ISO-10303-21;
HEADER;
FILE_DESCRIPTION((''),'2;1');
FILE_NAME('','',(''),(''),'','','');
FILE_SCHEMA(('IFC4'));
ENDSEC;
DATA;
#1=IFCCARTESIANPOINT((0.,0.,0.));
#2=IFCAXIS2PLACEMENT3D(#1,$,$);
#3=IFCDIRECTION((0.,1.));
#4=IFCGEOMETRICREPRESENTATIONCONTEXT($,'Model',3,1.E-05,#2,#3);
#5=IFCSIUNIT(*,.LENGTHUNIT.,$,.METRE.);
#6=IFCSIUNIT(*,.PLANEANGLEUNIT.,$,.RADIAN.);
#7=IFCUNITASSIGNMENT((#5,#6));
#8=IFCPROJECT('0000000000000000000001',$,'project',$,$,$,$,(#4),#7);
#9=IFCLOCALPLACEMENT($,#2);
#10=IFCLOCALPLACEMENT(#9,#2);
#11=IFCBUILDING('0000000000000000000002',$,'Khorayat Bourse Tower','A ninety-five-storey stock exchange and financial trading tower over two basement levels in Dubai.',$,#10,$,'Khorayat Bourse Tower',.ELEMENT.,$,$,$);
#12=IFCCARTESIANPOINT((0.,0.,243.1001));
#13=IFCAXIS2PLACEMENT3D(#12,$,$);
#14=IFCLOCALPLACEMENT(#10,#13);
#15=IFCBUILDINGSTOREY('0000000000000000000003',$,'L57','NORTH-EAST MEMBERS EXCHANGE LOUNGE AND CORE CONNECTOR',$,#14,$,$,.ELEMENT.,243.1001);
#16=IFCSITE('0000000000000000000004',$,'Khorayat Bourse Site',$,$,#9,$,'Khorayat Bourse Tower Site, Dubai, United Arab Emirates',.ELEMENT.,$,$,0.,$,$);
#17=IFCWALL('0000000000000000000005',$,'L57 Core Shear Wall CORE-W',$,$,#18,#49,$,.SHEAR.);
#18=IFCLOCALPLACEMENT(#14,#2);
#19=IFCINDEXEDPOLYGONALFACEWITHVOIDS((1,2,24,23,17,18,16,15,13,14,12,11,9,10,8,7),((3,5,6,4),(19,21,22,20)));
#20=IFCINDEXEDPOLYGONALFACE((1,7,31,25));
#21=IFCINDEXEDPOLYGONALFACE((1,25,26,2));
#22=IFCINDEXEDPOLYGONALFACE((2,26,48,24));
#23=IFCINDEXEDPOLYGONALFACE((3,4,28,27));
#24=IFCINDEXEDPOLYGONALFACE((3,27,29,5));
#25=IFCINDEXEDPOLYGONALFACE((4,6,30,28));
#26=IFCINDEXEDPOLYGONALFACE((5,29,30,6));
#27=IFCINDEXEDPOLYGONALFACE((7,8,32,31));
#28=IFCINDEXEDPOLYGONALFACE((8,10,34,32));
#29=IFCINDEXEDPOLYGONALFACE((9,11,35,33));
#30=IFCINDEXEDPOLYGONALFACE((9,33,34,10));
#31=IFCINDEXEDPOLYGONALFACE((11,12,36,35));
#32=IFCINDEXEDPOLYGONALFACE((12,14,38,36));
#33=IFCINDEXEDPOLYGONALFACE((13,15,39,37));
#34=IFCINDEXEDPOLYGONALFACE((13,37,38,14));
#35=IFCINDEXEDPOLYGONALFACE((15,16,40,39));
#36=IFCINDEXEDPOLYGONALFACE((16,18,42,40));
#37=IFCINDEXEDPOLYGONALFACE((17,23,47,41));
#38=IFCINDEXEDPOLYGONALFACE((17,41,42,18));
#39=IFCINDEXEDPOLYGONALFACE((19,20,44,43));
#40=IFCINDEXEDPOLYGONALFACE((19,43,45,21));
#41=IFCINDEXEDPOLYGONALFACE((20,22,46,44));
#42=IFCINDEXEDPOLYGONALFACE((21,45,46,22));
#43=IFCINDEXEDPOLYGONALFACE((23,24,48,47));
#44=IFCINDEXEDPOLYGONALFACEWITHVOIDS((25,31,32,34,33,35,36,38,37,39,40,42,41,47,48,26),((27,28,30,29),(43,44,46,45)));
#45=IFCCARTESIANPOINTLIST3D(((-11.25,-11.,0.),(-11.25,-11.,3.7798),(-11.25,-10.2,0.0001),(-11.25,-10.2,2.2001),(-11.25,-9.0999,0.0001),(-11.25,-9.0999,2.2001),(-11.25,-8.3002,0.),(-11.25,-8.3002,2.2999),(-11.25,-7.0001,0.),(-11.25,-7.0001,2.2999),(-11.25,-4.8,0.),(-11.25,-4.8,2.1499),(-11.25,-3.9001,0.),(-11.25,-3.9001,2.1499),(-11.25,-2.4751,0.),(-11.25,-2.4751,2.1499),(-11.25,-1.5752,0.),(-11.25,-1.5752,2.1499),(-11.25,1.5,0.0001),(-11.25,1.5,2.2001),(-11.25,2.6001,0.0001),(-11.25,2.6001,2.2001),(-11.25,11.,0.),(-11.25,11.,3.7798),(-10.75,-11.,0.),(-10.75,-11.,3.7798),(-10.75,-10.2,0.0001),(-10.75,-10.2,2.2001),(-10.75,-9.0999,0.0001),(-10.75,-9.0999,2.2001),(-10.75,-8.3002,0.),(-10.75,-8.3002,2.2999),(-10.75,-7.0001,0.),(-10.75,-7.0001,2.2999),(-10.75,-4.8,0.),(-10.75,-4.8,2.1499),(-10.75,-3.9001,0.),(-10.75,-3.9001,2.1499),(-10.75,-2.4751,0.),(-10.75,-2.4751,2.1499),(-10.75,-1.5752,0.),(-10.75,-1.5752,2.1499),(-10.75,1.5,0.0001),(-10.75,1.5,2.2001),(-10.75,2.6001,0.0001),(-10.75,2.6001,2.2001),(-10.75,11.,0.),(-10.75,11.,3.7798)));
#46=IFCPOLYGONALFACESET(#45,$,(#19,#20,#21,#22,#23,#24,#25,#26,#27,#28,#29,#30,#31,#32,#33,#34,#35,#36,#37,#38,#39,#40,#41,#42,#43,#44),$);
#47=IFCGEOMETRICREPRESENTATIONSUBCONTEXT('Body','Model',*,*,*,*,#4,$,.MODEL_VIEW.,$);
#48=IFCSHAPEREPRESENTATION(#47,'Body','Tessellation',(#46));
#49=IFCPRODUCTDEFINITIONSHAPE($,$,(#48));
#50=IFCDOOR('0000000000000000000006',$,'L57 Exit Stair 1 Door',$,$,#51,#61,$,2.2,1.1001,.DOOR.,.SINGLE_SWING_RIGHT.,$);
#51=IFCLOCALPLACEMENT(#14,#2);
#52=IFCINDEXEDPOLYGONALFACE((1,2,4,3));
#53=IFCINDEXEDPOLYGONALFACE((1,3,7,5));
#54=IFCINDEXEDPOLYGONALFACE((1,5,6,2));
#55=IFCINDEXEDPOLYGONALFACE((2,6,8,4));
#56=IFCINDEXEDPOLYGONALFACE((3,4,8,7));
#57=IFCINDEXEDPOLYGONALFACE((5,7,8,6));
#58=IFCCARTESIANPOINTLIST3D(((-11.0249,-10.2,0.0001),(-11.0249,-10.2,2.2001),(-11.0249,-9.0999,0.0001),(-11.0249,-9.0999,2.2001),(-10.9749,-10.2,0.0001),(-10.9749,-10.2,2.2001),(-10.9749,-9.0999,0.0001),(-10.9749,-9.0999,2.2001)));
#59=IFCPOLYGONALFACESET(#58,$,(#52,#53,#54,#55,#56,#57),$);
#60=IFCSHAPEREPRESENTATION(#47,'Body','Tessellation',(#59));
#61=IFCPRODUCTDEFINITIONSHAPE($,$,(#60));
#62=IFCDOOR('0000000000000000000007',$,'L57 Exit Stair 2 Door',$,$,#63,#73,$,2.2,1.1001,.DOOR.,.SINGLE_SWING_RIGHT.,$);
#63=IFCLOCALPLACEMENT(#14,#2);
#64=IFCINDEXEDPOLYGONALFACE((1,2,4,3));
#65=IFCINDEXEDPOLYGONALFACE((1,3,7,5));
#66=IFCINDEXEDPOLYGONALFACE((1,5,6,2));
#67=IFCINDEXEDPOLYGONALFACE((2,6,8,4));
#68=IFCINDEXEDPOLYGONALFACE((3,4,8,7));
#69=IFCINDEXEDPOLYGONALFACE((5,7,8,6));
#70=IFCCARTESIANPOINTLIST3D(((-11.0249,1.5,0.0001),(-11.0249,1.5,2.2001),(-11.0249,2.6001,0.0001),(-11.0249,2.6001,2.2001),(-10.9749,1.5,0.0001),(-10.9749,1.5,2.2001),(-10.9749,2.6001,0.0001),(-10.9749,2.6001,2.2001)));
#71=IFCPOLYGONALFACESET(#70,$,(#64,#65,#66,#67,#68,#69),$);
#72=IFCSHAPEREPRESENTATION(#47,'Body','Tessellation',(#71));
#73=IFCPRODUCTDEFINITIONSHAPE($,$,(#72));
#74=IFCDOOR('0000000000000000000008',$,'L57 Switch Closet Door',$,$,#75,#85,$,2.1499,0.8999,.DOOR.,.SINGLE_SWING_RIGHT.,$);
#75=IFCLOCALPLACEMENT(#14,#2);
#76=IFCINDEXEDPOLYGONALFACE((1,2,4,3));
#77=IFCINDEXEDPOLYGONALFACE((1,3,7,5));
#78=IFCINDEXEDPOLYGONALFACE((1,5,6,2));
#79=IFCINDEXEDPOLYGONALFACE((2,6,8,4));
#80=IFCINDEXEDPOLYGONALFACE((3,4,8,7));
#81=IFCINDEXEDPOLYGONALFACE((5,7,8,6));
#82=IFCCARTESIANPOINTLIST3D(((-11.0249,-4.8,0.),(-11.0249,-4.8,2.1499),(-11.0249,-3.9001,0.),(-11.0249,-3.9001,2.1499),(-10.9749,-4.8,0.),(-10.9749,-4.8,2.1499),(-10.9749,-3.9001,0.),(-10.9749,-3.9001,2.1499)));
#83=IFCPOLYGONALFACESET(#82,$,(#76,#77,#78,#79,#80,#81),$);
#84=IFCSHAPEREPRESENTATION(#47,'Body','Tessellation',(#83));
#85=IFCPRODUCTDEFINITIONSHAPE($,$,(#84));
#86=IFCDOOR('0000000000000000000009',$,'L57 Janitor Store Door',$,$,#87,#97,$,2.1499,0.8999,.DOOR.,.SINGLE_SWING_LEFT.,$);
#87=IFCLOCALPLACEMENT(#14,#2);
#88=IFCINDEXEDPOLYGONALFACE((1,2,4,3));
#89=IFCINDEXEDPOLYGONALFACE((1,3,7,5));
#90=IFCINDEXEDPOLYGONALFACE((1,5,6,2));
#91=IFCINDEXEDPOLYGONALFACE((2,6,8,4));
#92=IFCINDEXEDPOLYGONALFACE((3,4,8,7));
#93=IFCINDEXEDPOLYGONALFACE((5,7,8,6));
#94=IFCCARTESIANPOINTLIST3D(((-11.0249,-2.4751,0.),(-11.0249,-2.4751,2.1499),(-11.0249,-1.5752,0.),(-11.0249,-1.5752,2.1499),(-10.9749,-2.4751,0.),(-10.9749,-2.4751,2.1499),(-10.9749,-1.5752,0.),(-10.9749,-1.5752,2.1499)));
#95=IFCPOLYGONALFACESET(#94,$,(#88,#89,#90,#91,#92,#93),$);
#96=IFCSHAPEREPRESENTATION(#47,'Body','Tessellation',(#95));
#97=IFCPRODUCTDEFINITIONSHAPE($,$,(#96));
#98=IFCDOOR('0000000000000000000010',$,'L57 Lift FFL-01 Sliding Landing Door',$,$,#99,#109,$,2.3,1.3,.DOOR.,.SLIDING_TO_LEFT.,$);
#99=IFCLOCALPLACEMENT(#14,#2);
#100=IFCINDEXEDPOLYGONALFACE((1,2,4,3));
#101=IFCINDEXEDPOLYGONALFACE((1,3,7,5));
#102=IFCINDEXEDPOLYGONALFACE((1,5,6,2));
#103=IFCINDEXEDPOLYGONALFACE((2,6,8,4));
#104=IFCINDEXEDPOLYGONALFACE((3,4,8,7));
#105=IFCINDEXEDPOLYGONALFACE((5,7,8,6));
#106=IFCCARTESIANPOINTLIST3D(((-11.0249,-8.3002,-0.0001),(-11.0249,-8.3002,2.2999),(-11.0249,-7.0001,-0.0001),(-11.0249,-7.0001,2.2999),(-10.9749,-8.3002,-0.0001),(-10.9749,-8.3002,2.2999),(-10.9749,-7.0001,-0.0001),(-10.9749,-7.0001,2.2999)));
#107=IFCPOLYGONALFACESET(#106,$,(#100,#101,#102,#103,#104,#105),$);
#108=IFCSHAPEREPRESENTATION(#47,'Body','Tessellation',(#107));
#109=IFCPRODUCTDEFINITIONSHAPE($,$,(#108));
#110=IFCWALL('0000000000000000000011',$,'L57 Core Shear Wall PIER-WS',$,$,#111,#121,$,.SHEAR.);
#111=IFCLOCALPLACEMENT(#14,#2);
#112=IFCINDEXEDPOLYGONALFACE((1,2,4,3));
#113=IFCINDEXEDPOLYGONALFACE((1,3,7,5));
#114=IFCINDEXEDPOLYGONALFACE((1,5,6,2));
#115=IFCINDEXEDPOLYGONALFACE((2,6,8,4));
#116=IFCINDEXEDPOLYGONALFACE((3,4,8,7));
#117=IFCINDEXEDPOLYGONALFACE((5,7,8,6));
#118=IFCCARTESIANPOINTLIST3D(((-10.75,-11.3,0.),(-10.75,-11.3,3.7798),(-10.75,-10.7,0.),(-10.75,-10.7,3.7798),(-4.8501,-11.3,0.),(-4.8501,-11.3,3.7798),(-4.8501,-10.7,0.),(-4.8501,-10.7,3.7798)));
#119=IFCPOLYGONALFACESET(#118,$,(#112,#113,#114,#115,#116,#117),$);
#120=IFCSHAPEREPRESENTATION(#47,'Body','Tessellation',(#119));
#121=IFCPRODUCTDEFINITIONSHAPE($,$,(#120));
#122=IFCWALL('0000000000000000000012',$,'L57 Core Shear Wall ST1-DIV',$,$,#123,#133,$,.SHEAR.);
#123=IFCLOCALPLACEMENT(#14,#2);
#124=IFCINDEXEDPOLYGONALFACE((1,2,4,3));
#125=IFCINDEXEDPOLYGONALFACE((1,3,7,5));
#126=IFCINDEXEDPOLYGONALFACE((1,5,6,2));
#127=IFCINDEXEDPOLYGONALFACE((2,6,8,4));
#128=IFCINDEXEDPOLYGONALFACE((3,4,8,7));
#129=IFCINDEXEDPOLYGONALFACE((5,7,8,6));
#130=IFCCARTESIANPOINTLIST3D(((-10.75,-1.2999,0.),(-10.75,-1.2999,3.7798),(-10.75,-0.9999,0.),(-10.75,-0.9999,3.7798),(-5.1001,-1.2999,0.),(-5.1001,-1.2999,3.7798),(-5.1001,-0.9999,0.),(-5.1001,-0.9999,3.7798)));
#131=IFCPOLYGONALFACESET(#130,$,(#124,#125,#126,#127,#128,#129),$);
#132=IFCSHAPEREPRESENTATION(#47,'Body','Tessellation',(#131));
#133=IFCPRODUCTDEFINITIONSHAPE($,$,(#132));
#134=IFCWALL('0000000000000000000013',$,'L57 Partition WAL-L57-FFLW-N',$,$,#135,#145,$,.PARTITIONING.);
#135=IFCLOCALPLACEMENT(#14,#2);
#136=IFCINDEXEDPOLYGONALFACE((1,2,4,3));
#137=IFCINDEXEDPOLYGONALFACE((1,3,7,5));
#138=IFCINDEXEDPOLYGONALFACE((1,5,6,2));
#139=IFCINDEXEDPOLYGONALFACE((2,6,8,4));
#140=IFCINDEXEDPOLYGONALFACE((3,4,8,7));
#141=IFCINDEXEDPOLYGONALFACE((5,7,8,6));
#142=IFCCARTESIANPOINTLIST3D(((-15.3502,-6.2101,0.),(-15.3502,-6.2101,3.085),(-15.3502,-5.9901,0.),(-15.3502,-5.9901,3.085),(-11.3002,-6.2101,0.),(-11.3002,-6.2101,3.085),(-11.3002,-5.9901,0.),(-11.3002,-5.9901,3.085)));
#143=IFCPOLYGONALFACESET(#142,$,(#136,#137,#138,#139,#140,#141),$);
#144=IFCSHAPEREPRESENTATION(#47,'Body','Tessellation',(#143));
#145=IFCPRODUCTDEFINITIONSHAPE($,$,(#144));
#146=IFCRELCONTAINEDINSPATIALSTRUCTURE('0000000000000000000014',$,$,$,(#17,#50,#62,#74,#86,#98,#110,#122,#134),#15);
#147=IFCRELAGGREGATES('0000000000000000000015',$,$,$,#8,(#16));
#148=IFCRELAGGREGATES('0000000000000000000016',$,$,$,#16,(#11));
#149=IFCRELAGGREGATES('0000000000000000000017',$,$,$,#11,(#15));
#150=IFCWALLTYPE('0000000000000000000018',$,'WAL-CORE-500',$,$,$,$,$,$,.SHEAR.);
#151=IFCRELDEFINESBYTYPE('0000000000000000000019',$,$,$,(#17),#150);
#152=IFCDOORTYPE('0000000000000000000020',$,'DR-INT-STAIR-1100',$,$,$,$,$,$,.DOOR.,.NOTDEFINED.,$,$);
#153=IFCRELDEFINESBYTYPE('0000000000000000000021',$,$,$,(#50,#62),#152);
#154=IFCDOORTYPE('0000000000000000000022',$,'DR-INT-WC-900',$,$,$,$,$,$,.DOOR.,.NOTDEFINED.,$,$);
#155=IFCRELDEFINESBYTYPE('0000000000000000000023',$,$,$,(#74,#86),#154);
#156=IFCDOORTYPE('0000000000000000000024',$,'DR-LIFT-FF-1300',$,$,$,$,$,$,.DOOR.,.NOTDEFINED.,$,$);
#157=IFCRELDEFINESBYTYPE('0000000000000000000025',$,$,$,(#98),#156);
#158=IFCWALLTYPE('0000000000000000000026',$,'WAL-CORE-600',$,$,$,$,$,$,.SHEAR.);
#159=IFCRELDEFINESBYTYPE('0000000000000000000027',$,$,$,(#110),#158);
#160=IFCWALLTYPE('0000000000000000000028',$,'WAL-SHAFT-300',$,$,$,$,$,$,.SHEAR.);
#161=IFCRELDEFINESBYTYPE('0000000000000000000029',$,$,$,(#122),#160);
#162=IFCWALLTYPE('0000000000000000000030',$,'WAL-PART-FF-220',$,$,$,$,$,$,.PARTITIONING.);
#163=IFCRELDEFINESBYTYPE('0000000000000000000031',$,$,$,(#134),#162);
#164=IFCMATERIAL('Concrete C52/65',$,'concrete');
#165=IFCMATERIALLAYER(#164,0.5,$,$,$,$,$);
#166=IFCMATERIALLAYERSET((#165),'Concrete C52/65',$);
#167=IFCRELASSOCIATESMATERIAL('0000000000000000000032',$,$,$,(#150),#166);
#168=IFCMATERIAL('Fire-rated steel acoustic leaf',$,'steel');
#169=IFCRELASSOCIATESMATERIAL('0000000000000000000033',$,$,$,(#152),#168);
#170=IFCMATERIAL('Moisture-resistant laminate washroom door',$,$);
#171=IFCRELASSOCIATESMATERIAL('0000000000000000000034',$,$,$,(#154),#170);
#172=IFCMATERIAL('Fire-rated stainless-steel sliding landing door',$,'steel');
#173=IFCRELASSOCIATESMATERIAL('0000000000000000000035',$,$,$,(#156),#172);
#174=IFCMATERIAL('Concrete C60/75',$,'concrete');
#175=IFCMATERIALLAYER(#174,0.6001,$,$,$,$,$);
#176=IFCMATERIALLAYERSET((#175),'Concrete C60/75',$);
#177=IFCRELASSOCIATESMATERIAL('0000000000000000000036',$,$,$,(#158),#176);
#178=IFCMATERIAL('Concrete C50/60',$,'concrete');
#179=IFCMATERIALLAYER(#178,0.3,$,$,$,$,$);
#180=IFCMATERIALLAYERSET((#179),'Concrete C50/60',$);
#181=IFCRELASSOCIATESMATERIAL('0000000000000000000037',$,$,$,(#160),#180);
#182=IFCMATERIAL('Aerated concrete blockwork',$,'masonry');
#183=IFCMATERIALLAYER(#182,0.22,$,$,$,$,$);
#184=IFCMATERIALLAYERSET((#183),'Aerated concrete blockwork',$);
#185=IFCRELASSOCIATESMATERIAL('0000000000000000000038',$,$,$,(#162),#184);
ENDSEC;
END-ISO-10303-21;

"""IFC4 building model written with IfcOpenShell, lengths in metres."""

from ifc_helpers import new_model, si_unit, direction, frame, frame_2d, origin, place, context, subcontext, project, spatial, rectangle, extrude, source, transform, mapped, material, layer, layer_set, type_object, element, fill, save


model = new_model("IFC4")

# Units and contexts
model_context = context("Model", 3, precision=1e-05, world=origin(), true_north=direction((0.0, 1.0)))
body_context = subcontext(model_context, "Body", "Model", "MODEL_VIEW")
ifc_project = project(units=[si_unit("LENGTHUNIT", "METRE"), si_unit("PLANEANGLEUNIT", "RADIAN")], contexts=[model_context])

# Site, building, storey
site_placement = place(None, origin())
site = spatial("IfcSite", under=ifc_project, at=site_placement, Name="Khorayat Bourse Site", LongName="Khorayat Bourse Tower Site, Dubai, United Arab Emirates", CompositionType="ELEMENT", RefElevation=0.0)
building_placement = place(site_placement, origin())
building = spatial("IfcBuilding", under=site, at=building_placement, Name="Khorayat Bourse Tower", Description="A ninety-five-storey stock exchange and financial trading tower over two basement levels in Dubai.", LongName="Khorayat Bourse Tower", CompositionType="ELEMENT")
storey_placement = place(building_placement, frame((0.0, 0.0, 243.1001)))
storey = spatial("IfcBuildingStorey", under=building, at=storey_placement, Name="L57", Description="NORTH-EAST MEMBERS EXCHANGE LOUNGE AND CORE CONNECTOR", CompositionType="ELEMENT", Elevation=243.1001)

# Shared definitions
ifc_material_1 = material(Name="Concrete C60/75", Category="concrete")

# Wall, openings, doors
ifc_material_2 = material(Name="Concrete C52/65", Category="concrete")
ifc_layer_1 = layer(ifc_material_2, 0.5)
ifc_layer_set_1 = layer_set([ifc_layer_1], Name="Concrete C52/65")
wall_type_1 = type_object("IfcWallType", Name="WAL-CORE-500", PredefinedType="SHEAR", material=ifc_layer_set_1)
shared_shape_1 = source(origin(), body_context, "Body", "SweptSolid", [
    extrude(rectangle(XDim=22.0, YDim=0.5, at=frame_2d((11.0, 0.0))), origin(), (0.0, 0.0, 1.0), 3.7798),
])
wall_1_placement = place(storey_placement, frame((-11.0, -11.0, 0.0), z_axis=(0.0, 0.0, 1.0), x_axis=(0.0, 1.0, 0.0)))
wall_1 = element("IfcWall", 1, at=wall_1_placement, inside=storey, type_object=wall_type_1, Name="L57 Core Shear Wall CORE-W", PredefinedType="SHEAR", context=body_context, shape_type="MappedRepresentation", body=[
    mapped(shared_shape_1, transform((0.0, 0.0, 0.0), scale=1.0)),
])
shared_shape_2 = source(origin(), body_context, "Body", "SweptSolid", [
    extrude(rectangle(XDim=1.1001, YDim=2.2, at=frame_2d((0.55, 1.1001))), frame((0.0, 0.26, 0.0), z_axis=(0.0, -1.0, 0.0), x_axis=(1.0, 0.0, 0.0)), (0.0, 0.0, 1.0), 0.52),
])
opening_1_placement = place(wall_1_placement, frame((0.8, 0.0, 0.0)))
opening_1 = element("IfcOpeningElement", 2, at=opening_1_placement, cuts=wall_1, PredefinedType="OPENING", context=body_context, shape_type="MappedRepresentation", body=[
    mapped(shared_shape_2, transform((0.0, 0.0, 0.0), scale=1.0)),
])
opening_2_placement = place(wall_1_placement, frame((12.5, 0.0, 0.0)))
opening_2 = element("IfcOpeningElement", 3, at=opening_2_placement, cuts=wall_1, PredefinedType="OPENING", context=body_context, shape_type="MappedRepresentation", body=[
    mapped(shared_shape_2, transform((0.0, 0.0, 0.0), scale=1.0)),
])
shared_shape_3 = source(origin(), body_context, "Body", "SweptSolid", [
    extrude(rectangle(XDim=0.8999, YDim=2.1499, at=frame_2d((0.45, 1.075))), frame((0.0, 0.26, 0.0), z_axis=(0.0, -1.0, 0.0), x_axis=(1.0, 0.0, 0.0)), (0.0, 0.0, 1.0), 0.52),
])
opening_3_placement = place(wall_1_placement, frame((6.2, 0.0, 0.0)))
opening_3 = element("IfcOpeningElement", 4, at=opening_3_placement, cuts=wall_1, PredefinedType="OPENING", context=body_context, shape_type="MappedRepresentation", body=[
    mapped(shared_shape_3, transform((0.0, 0.0, 0.0), scale=1.0)),
])
opening_4_placement = place(wall_1_placement, frame((8.5249, 0.0, 0.0)))
opening_4 = element("IfcOpeningElement", 5, at=opening_4_placement, cuts=wall_1, PredefinedType="OPENING", context=body_context, shape_type="MappedRepresentation", body=[
    mapped(shared_shape_3, transform((0.0, 0.0, 0.0), scale=1.0)),
])
shared_shape_4 = source(origin(), body_context, "Body", "SweptSolid", [
    extrude(rectangle(XDim=1.3, YDim=2.3, at=frame_2d((0.6499, 1.1499))), frame((0.0, 0.26, 0.0), z_axis=(0.0, -1.0, 0.0), x_axis=(1.0, 0.0, 0.0)), (0.0, 0.0, 1.0), 0.52),
])
opening_5_placement = place(wall_1_placement, frame((2.7, 0.0, 0.0)))
opening_5 = element("IfcOpeningElement", 6, at=opening_5_placement, cuts=wall_1, PredefinedType="OPENING", context=body_context, shape_type="MappedRepresentation", body=[
    mapped(shared_shape_4, transform((0.0, 0.0, 0.0), scale=1.0)),
])
ifc_material_3 = material(Name="Fire-rated steel acoustic leaf", Category="steel")
door_type_1 = type_object("IfcDoorType", Name="DR-INT-STAIR-1100", OperationType="NOTDEFINED", PredefinedType="DOOR", material=ifc_material_3)
shared_shape_5 = source(origin(), body_context, "Body", "SweptSolid", [
    extrude(rectangle(XDim=1.1001, YDim=2.2, at=frame_2d((0.55, 1.1001))), frame((0.0, 0.0249, 0.0), z_axis=(0.0, -1.0, 0.0), x_axis=(1.0, 0.0, 0.0)), (0.0, 0.0, 1.0), 0.05),
])
door_1_placement = place(opening_1_placement, origin())
door_1 = element("IfcDoor", 7, at=door_1_placement, inside=storey, type_object=door_type_1, Name="L57 Exit Stair 1 Door", OperationType="SINGLE_SWING_RIGHT", OverallHeight=2.2, OverallWidth=1.1001, PredefinedType="DOOR", context=body_context, shape_type="MappedRepresentation", body=[
    mapped(shared_shape_5, transform((0.0, 0.0, 0.0), scale=1.0)),
])
fill(opening_1, door_1)
door_2_placement = place(opening_2_placement, origin())
door_2 = element("IfcDoor", 8, at=door_2_placement, inside=storey, type_object=door_type_1, Name="L57 Exit Stair 2 Door", OperationType="SINGLE_SWING_RIGHT", OverallHeight=2.2, OverallWidth=1.1001, PredefinedType="DOOR", context=body_context, shape_type="MappedRepresentation", body=[
    mapped(shared_shape_5, transform((0.0, 0.0, 0.0), scale=1.0)),
])
fill(opening_2, door_2)
ifc_material_4 = material(Name="Moisture-resistant laminate washroom door")
door_type_2 = type_object("IfcDoorType", Name="DR-INT-WC-900", OperationType="NOTDEFINED", PredefinedType="DOOR", material=ifc_material_4)
shared_shape_6 = source(origin(), body_context, "Body", "SweptSolid", [
    extrude(rectangle(XDim=0.8999, YDim=2.1499, at=frame_2d((0.45, 1.075))), frame((0.0, 0.0249, 0.0), z_axis=(0.0, -1.0, 0.0), x_axis=(1.0, 0.0, 0.0)), (0.0, 0.0, 1.0), 0.05),
])
door_3_placement = place(opening_3_placement, origin())
door_3 = element("IfcDoor", 9, at=door_3_placement, inside=storey, type_object=door_type_2, Name="L57 Switch Closet Door", OperationType="SINGLE_SWING_RIGHT", OverallHeight=2.1499, OverallWidth=0.8999, PredefinedType="DOOR", context=body_context, shape_type="MappedRepresentation", body=[
    mapped(shared_shape_6, transform((0.0, 0.0, 0.0), scale=1.0)),
])
fill(opening_3, door_3)
door_4_placement = place(opening_4_placement, origin())
door_4 = element("IfcDoor", 10, at=door_4_placement, inside=storey, type_object=door_type_2, Name="L57 Janitor Store Door", OperationType="SINGLE_SWING_LEFT", OverallHeight=2.1499, OverallWidth=0.8999, PredefinedType="DOOR", context=body_context, shape_type="MappedRepresentation", body=[
    mapped(shared_shape_6, transform((0.0, 0.0, 0.0), scale=1.0)),
])
fill(opening_4, door_4)
ifc_material_5 = material(Name="Fire-rated stainless-steel sliding landing door", Category="steel")
door_type_3 = type_object("IfcDoorType", Name="DR-LIFT-FF-1300", OperationType="NOTDEFINED", PredefinedType="DOOR", material=ifc_material_5)
shared_shape_7 = source(origin(), body_context, "Body", "SweptSolid", [
    extrude(rectangle(XDim=1.3, YDim=2.3, at=frame_2d((0.6499, 1.1499))), frame((0.0, 0.0249, 0.0), z_axis=(0.0, -1.0, 0.0), x_axis=(1.0, 0.0, 0.0)), (0.0, 0.0, 1.0), 0.05),
])
door_5_placement = place(opening_5_placement, origin())
door_5 = element("IfcDoor", 11, at=door_5_placement, inside=storey, type_object=door_type_3, Name="L57 Lift FFL-01 Sliding Landing Door", OperationType="SLIDING_TO_LEFT", OverallHeight=2.3, OverallWidth=1.3, PredefinedType="DOOR", context=body_context, shape_type="MappedRepresentation", body=[
    mapped(shared_shape_7, transform((0.0, 0.0, 0.0), scale=1.0)),
])
fill(opening_5, door_5)

# Walls
ifc_layer_2 = layer(ifc_material_1, 0.6001)
ifc_layer_set_2 = layer_set([ifc_layer_2], Name="Concrete C60/75")
wall_type_2 = type_object("IfcWallType", Name="WAL-CORE-600", PredefinedType="SHEAR", material=ifc_layer_set_2)
shared_shape_8 = source(origin(), body_context, "Body", "SweptSolid", [
    extrude(rectangle(XDim=5.8999, YDim=0.6001, at=frame_2d((2.95, 0.0))), origin(), (0.0, 0.0, 1.0), 3.7798),
])
wall_2_placement = place(storey_placement, frame((-10.75, -11.0, 0.0), z_axis=(0.0, 0.0, 1.0), x_axis=(1.0, 0.0, 0.0)))
element("IfcWall", 12, at=wall_2_placement, inside=storey, type_object=wall_type_2, Name="L57 Core Shear Wall PIER-WS", PredefinedType="SHEAR", context=body_context, shape_type="MappedRepresentation", body=[
    mapped(shared_shape_8, transform((0.0, 0.0, 0.0), scale=1.0)),
])
ifc_material_6 = material(Name="Concrete C50/60", Category="concrete")
ifc_layer_3 = layer(ifc_material_6, 0.3)
ifc_layer_set_3 = layer_set([ifc_layer_3], Name="Concrete C50/60")
wall_type_3 = type_object("IfcWallType", Name="WAL-SHAFT-300", PredefinedType="SHEAR", material=ifc_layer_set_3)
shared_shape_9 = source(origin(), body_context, "Body", "SweptSolid", [
    extrude(rectangle(XDim=5.6499, YDim=0.3, at=frame_2d((2.825, 0.0))), origin(), (0.0, 0.0, 1.0), 3.7798),
])
wall_3_placement = place(storey_placement, frame((-10.75, -1.1499, 0.0), z_axis=(0.0, 0.0, 1.0), x_axis=(1.0, 0.0, 0.0)))
element("IfcWall", 13, at=wall_3_placement, inside=storey, type_object=wall_type_3, Name="L57 Core Shear Wall ST1-DIV", PredefinedType="SHEAR", context=body_context, shape_type="MappedRepresentation", body=[
    mapped(shared_shape_9, transform((0.0, 0.0, 0.0), scale=1.0)),
])
ifc_material_7 = material(Name="Aerated concrete blockwork", Category="masonry")
ifc_layer_4 = layer(ifc_material_7, 0.22)
ifc_layer_set_4 = layer_set([ifc_layer_4], Name="Aerated concrete blockwork")
wall_type_4 = type_object("IfcWallType", Name="WAL-PART-FF-220", PredefinedType="PARTITIONING", material=ifc_layer_set_4)
shared_shape_10 = source(origin(), body_context, "Body", "SweptSolid", [
    extrude(rectangle(XDim=4.05, YDim=0.22, at=frame_2d((2.0249, 0.0))), origin(), (0.0, 0.0, 1.0), 3.085),
])
wall_4_placement = place(storey_placement, frame((-15.3501, -6.1001, 0.0), z_axis=(0.0, 0.0, 1.0), x_axis=(1.0, 0.0, 0.0)))
element("IfcWall", 14, at=wall_4_placement, inside=storey, type_object=wall_type_4, Name="L57 Partition WAL-L57-FFLW-N", PredefinedType="PARTITIONING", context=body_context, shape_type="MappedRepresentation", body=[
    mapped(shared_shape_10, transform((0.0, 0.0, 0.0), scale=1.0)),
])

save(model, "model.ifc")
